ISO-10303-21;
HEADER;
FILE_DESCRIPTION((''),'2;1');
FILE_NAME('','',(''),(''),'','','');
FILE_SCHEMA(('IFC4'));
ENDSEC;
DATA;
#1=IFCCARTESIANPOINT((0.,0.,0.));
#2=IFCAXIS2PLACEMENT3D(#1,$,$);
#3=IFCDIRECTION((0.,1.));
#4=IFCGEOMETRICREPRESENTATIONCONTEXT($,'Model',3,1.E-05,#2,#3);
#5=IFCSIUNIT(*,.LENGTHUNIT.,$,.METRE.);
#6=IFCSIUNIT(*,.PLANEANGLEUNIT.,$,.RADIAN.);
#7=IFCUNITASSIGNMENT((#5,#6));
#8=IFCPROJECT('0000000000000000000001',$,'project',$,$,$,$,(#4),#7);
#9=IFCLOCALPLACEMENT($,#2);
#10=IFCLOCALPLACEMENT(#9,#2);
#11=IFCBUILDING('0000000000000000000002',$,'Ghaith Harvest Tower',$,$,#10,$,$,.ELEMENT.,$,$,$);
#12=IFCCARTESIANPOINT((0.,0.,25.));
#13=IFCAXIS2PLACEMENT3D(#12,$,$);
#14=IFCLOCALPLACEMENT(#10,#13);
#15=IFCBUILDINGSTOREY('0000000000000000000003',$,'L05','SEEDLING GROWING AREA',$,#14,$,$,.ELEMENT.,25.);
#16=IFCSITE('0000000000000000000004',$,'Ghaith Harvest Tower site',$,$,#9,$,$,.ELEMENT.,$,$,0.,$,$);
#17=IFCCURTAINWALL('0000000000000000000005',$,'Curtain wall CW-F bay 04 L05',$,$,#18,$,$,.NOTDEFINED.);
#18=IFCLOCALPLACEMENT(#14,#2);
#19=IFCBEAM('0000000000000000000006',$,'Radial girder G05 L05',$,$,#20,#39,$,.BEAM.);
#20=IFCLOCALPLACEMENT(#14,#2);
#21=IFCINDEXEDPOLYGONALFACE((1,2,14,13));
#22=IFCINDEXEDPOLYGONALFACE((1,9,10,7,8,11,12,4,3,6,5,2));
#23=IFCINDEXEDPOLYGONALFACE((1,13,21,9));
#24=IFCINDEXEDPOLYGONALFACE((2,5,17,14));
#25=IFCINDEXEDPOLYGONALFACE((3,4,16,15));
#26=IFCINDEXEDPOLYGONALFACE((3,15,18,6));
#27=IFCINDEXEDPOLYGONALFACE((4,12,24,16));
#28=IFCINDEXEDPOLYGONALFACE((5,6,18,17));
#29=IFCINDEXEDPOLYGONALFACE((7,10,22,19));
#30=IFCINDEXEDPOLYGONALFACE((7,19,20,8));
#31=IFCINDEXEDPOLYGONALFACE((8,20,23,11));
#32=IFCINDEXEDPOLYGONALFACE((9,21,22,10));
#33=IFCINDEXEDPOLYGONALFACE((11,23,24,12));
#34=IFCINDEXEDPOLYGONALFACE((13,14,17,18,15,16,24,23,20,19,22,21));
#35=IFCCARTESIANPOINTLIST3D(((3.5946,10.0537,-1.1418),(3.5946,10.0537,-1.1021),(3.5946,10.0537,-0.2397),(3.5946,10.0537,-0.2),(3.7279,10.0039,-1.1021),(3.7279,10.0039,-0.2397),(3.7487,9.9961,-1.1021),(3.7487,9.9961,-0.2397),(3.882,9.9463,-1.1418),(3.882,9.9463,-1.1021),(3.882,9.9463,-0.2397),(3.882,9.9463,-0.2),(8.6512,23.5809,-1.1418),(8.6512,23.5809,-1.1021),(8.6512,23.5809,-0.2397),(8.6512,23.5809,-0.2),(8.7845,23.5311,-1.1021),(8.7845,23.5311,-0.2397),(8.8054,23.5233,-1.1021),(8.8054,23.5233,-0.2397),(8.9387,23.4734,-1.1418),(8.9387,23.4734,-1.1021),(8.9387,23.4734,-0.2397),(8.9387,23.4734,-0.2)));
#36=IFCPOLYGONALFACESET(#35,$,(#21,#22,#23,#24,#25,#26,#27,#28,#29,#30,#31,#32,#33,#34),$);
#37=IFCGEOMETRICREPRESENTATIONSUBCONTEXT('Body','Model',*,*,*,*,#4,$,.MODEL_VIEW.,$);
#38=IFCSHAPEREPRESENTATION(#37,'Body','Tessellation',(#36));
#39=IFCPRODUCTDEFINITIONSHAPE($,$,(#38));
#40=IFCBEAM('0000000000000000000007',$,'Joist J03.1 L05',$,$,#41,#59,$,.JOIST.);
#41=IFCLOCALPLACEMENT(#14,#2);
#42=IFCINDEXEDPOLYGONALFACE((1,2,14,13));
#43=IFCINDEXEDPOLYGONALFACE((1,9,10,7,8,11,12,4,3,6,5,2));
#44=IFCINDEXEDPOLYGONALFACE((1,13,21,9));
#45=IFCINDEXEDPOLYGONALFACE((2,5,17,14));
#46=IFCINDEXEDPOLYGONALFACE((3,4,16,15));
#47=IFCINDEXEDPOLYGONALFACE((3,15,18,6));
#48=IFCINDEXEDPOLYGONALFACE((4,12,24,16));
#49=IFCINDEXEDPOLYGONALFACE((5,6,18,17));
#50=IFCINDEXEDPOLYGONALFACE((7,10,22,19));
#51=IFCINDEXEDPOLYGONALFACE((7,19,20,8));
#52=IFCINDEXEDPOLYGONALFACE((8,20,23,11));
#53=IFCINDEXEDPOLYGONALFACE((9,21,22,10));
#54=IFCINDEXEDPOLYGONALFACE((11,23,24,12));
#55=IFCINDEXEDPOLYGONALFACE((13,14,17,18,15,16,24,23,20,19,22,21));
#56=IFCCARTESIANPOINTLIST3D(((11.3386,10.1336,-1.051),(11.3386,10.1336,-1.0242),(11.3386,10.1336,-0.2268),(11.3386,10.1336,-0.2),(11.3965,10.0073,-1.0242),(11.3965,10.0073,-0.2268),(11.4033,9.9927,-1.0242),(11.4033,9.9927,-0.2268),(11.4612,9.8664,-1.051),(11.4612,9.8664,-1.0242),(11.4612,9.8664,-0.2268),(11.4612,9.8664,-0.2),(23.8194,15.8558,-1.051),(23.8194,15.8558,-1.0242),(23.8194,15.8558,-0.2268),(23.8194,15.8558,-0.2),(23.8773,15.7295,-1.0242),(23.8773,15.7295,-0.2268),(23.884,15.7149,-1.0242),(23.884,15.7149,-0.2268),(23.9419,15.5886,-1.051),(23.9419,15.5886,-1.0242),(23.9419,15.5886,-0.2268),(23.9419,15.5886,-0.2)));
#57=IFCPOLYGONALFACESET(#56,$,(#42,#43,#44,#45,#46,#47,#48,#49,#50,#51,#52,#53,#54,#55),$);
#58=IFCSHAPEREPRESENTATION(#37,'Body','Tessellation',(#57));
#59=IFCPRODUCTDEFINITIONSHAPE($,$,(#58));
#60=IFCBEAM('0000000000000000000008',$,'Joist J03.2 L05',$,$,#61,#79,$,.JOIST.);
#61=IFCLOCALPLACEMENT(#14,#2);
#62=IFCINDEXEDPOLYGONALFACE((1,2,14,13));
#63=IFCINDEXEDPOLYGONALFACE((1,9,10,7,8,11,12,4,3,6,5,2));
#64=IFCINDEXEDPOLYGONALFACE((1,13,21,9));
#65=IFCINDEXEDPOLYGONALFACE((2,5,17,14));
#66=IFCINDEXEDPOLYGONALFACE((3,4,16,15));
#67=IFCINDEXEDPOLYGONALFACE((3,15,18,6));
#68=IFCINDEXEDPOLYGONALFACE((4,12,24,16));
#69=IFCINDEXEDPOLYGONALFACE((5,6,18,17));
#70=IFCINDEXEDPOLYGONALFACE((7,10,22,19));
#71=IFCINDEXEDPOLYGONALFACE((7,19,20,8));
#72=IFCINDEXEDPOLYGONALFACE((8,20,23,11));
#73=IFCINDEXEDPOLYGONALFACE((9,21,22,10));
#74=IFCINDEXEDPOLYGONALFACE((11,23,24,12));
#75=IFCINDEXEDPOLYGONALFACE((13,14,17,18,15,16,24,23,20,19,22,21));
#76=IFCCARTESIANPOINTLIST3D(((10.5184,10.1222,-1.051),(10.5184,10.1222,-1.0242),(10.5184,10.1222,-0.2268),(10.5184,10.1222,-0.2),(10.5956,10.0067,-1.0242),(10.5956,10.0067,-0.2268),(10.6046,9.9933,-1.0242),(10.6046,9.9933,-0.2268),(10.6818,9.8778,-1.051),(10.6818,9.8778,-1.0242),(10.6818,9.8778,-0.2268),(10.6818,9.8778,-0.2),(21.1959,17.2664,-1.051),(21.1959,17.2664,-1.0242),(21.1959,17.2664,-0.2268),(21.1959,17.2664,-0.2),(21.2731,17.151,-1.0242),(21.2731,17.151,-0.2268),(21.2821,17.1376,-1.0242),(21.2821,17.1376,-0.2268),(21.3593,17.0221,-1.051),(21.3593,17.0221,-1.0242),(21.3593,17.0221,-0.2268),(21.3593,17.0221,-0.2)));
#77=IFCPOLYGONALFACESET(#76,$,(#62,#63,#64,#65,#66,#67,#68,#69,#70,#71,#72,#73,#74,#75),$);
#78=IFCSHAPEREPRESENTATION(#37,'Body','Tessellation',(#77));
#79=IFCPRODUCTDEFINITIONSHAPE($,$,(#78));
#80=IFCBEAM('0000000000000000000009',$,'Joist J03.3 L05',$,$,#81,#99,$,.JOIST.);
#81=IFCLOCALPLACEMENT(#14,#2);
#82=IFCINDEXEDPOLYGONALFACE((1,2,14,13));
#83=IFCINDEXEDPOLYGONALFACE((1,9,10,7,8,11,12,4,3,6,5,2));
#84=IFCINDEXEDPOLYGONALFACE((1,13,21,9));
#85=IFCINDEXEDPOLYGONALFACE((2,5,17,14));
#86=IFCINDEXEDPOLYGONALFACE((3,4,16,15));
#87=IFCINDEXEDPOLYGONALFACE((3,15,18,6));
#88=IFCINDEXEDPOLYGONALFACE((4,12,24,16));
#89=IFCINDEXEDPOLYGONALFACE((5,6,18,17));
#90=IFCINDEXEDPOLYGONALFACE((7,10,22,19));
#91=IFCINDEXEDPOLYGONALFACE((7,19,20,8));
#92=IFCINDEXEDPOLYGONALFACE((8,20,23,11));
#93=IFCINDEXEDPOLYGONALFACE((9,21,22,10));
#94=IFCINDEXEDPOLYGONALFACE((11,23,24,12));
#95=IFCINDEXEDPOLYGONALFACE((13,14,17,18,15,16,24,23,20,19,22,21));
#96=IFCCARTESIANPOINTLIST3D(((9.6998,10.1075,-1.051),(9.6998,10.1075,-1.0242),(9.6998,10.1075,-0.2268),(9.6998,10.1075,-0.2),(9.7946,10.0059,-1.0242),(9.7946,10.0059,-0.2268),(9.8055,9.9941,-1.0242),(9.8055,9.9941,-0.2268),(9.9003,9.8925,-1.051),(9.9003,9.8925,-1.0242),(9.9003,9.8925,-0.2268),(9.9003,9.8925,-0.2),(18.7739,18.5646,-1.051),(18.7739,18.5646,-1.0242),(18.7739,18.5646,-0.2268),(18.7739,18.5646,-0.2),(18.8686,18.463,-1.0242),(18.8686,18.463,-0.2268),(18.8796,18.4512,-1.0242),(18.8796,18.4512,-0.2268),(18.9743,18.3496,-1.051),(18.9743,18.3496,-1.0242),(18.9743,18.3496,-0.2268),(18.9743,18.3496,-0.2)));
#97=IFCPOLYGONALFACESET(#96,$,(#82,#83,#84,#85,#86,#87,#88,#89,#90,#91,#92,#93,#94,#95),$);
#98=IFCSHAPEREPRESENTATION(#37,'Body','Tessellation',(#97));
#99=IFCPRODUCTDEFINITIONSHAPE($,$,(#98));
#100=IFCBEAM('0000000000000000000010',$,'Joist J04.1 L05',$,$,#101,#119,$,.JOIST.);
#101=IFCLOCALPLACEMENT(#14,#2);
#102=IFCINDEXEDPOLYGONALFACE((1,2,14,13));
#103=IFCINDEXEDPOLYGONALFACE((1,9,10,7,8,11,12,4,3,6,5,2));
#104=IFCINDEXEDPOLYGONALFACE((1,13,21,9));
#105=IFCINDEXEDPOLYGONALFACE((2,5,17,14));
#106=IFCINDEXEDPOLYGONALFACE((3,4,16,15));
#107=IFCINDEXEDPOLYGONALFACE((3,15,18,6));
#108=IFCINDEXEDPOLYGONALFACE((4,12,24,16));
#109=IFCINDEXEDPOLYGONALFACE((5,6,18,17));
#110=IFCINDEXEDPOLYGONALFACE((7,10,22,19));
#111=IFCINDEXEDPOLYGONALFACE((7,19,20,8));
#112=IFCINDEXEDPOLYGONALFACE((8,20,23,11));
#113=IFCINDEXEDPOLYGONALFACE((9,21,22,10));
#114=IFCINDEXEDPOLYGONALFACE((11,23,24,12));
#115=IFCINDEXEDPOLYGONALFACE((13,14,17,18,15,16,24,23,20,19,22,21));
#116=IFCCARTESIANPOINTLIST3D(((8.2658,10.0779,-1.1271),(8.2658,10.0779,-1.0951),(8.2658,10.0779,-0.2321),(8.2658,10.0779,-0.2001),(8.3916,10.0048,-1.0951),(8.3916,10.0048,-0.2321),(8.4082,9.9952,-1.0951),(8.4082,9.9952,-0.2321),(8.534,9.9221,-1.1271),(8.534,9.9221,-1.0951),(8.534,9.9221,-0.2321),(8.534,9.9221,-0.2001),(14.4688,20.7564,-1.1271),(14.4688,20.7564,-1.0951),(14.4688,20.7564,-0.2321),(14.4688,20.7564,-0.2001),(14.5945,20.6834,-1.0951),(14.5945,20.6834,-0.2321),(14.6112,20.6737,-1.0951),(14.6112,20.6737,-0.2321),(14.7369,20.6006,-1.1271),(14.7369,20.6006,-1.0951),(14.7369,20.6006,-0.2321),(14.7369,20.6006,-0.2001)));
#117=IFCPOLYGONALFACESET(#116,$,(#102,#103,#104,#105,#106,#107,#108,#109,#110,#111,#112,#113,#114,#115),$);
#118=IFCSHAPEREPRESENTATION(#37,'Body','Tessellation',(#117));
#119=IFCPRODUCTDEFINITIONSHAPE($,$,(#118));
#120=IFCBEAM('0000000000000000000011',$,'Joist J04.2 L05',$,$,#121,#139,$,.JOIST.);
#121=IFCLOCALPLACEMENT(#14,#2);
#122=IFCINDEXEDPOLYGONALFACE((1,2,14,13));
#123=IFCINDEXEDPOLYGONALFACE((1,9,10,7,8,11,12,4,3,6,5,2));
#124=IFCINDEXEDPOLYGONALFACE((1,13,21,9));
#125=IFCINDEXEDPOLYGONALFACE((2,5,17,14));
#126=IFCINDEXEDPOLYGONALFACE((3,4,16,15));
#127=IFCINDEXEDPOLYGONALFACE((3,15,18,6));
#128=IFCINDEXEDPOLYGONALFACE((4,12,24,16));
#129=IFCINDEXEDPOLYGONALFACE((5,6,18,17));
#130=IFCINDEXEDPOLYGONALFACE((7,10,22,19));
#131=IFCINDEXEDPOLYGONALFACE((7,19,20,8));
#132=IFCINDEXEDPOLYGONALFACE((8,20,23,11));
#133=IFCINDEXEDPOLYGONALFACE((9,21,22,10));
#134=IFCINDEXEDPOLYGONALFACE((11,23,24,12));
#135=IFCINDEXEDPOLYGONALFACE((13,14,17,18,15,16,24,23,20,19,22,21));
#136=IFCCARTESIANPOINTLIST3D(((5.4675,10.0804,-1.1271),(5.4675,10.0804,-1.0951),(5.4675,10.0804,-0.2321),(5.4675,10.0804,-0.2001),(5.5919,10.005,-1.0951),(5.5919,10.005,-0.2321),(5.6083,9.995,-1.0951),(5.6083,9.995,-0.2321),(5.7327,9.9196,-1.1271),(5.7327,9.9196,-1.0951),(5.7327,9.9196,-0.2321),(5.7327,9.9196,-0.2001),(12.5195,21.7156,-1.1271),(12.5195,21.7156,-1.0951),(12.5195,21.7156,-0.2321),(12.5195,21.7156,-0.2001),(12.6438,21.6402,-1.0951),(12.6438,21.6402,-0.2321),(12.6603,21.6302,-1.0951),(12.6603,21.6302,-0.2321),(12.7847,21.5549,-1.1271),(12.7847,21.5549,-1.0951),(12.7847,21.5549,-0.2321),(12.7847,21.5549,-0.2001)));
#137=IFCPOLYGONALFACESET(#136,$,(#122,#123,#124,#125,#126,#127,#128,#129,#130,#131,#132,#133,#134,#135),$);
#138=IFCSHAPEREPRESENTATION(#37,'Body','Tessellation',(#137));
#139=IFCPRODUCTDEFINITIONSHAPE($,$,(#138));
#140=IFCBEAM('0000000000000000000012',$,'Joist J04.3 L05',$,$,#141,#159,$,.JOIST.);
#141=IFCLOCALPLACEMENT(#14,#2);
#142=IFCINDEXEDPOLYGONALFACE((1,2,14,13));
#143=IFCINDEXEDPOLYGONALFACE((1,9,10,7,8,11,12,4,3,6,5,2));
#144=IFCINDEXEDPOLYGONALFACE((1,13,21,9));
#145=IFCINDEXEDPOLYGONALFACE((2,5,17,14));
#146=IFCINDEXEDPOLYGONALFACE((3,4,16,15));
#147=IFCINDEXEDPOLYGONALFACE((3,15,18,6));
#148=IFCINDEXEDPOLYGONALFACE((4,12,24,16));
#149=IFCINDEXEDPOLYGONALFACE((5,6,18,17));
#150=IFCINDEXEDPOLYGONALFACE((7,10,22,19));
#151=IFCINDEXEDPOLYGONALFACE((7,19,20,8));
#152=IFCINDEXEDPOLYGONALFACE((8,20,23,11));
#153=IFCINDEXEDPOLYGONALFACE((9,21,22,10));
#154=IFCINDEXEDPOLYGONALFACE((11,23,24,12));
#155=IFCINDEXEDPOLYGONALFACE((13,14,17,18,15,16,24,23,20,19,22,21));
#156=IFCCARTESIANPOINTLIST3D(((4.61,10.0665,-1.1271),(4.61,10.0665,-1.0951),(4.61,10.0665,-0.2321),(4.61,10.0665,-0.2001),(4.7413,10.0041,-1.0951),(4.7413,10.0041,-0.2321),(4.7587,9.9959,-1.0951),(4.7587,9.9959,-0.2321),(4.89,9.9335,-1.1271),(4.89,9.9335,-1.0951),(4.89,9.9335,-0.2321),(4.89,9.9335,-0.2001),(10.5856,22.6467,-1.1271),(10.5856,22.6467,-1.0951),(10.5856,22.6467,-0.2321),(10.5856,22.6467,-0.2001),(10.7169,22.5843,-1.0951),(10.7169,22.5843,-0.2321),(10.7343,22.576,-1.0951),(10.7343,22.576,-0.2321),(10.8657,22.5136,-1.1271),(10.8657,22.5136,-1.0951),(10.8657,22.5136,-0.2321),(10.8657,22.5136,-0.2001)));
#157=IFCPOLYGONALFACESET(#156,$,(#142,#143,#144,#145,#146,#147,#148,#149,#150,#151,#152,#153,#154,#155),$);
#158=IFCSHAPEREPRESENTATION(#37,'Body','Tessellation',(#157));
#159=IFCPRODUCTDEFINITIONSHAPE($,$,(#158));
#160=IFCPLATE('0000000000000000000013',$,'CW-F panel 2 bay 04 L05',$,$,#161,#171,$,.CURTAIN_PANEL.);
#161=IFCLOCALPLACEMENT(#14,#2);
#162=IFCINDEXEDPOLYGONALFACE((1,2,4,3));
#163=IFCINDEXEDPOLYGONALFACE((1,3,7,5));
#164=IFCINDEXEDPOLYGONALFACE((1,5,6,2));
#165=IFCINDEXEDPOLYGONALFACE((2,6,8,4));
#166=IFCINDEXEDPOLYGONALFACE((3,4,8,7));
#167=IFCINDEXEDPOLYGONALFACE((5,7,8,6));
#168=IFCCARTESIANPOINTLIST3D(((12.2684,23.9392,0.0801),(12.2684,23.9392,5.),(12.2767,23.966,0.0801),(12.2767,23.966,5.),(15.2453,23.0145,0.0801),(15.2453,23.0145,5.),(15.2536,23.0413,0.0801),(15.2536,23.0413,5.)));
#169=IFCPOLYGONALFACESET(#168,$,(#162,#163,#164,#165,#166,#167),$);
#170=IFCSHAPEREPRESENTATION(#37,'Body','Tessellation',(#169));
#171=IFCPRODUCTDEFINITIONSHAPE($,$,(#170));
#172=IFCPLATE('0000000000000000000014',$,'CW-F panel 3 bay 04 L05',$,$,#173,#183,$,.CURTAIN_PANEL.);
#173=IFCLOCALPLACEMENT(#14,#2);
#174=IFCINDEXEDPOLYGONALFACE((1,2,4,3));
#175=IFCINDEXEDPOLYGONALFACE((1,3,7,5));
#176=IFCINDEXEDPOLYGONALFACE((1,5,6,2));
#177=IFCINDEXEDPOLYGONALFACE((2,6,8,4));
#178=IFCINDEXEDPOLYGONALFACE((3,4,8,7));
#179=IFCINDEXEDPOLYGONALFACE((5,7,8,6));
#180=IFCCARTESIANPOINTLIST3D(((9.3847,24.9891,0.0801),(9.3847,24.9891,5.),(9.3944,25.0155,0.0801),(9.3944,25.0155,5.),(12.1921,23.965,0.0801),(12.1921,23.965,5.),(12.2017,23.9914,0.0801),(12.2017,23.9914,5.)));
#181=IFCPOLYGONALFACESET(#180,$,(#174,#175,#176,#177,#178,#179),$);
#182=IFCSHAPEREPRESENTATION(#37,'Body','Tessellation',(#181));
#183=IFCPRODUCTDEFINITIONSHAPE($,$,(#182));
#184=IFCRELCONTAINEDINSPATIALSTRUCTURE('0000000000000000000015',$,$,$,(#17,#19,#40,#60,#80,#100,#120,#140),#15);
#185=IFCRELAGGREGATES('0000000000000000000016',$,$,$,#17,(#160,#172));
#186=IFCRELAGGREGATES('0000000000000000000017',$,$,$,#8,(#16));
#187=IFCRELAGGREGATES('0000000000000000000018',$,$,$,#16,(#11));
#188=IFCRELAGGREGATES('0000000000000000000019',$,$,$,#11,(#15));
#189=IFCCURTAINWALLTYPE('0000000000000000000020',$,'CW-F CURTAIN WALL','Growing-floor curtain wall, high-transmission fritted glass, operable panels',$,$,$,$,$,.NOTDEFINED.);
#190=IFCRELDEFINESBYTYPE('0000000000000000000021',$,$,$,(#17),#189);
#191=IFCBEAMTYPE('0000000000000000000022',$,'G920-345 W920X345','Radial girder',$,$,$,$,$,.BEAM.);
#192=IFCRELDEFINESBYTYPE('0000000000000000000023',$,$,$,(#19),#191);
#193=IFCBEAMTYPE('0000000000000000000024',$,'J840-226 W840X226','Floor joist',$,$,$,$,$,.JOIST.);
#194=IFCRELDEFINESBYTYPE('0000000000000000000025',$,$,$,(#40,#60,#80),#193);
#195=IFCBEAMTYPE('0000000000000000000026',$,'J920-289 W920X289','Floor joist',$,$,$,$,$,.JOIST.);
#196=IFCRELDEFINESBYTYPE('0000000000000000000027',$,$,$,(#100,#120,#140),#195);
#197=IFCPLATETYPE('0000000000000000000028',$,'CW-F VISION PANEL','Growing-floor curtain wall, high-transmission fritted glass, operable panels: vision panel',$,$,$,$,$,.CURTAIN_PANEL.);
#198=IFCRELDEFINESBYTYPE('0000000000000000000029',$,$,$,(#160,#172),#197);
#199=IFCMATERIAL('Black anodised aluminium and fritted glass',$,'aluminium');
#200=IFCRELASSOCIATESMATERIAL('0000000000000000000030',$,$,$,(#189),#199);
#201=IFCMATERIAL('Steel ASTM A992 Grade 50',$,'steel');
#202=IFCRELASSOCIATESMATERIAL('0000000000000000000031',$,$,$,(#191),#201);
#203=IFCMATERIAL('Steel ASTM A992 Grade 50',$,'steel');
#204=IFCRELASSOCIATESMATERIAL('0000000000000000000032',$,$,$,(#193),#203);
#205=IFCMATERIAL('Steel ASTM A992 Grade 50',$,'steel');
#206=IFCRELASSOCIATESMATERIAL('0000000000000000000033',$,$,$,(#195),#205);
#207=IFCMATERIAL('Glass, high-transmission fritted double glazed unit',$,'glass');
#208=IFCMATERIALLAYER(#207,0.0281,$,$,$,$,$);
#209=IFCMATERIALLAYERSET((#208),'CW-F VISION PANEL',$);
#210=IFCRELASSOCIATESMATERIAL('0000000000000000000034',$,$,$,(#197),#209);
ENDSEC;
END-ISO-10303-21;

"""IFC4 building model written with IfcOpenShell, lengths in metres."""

from ifc_helpers import new_model, si_unit, direction, frame, origin, origin_2d, place, context, subcontext, project, spatial, rectangle, i_section, extrude, material, layer, layer_set, material_profile, profile_set, type_object, element, aggregate, save


model = new_model("IFC4")

# Units and contexts
model_context = context("Model", 3, precision=1e-05, world=origin(), true_north=direction((0.0, 1.0)))
body_context = subcontext(model_context, "Body", "Model", "MODEL_VIEW")
ifc_project = project(units=[si_unit("LENGTHUNIT", "METRE"), si_unit("PLANEANGLEUNIT", "RADIAN")], contexts=[model_context])

# Site, building, storey
site_placement = place(None, origin())
site = spatial("IfcSite", under=ifc_project, at=site_placement, Name="Ghaith Harvest Tower site", CompositionType="ELEMENT", RefElevation=0.0)
building_placement = place(site_placement, origin())
building = spatial("IfcBuilding", under=site, at=building_placement, Name="Ghaith Harvest Tower", CompositionType="ELEMENT")
storey_placement = place(building_placement, frame((0.0, 0.0, 25.0)))
storey = spatial("IfcBuildingStorey", under=building, at=storey_placement, Name="L05", Description="SEEDLING GROWING AREA", CompositionType="ELEMENT", Elevation=25.0)

# Curtain wall
ifc_material_1 = material(Name="Black anodised aluminium and fritted glass", Category="aluminium")
curtain_wall_type = type_object("IfcCurtainWallType", Name="CW-F CURTAIN WALL", Description="Growing-floor curtain wall, high-transmission fritted glass, operable panels", PredefinedType="NOTDEFINED", material=ifc_material_1)
curtain_wall_1_placement = place(storey_placement, origin())
curtain_wall_1 = element("IfcCurtainWall", 1, at=curtain_wall_1_placement, inside=storey, type_object=curtain_wall_type, Name="Curtain wall CW-F bay 04 L05", PredefinedType="NOTDEFINED")

# Beams
ifc_material_2 = material(Name="Steel ASTM A992 Grade 50", Category="steel")
ifc_material_profile_1 = material_profile(ifc_material_2, i_section(OverallWidth=0.3069, OverallDepth=0.9419, WebThickness=0.0222, FlangeThickness=0.0398, at=origin_2d()), Name="W920X345")
ifc_profile_set_1 = profile_set([ifc_material_profile_1], Name="Steel ASTM A992 Grade 50")
beam_type_1 = type_object("IfcBeamType", Name="G920-345 W920X345", Description="Radial girder", PredefinedType="BEAM", material=ifc_profile_set_1)
beam_1_placement = place(storey_placement, frame((3.7383, 10.0, -0.6709), z_axis=(0.350151, 0.936693, 0.0), x_axis=(-0.936693, 0.350151, 0.0)))
element("IfcBeam", 2, at=beam_1_placement, inside=storey, type_object=beam_type_1, Name="Radial girder G05 L05", PredefinedType="BEAM", context=body_context, shape_type="SweptSolid", body=[
    extrude(i_section(OverallWidth=0.3069, OverallDepth=0.9419, WebThickness=0.0222, FlangeThickness=0.0398, at=origin_2d()), origin(), (0.0, 0.0, 1.0), 14.4414),
])
ifc_material_3 = material(Name="Steel ASTM A992 Grade 50", Category="steel")
ifc_material_profile_2 = material_profile(ifc_material_3, i_section(OverallWidth=0.2939, OverallDepth=0.8511, WebThickness=0.0161, FlangeThickness=0.0269, at=origin_2d()), Name="W840X226")
ifc_profile_set_2 = profile_set([ifc_material_profile_2], Name="Steel ASTM A992 Grade 50")
beam_type_2 = type_object("IfcBeamType", Name="J840-226 W840X226", Description="Floor joist", PredefinedType="JOIST", material=ifc_profile_set_2)
beam_2_placement = place(storey_placement, frame((11.3999, 10.0, -0.6255), z_axis=(0.909014, 0.416766, 0.0), x_axis=(-0.416766, 0.909014, 0.0)))
element("IfcBeam", 3, at=beam_2_placement, inside=storey, type_object=beam_type_2, Name="Joist J03.1 L05", PredefinedType="JOIST", context=body_context, shape_type="SweptSolid", body=[
    extrude(i_section(OverallWidth=0.2939, OverallDepth=0.8511, WebThickness=0.0161, FlangeThickness=0.0269, at=origin_2d()), origin(), (0.0, 0.0, 1.0), 13.73),
])
beam_3_placement = place(storey_placement, frame((10.6001, 10.0, -0.6255), z_axis=(0.831116, 0.556098, 0.0), x_axis=(-0.556098, 0.831116, 0.0)))
element("IfcBeam", 4, at=beam_3_placement, inside=storey, type_object=beam_type_2, Name="Joist J03.2 L05", PredefinedType="JOIST", context=body_context, shape_type="SweptSolid", body=[
    extrude(i_section(OverallWidth=0.2939, OverallDepth=0.8511, WebThickness=0.0161, FlangeThickness=0.0269, at=origin_2d()), origin(), (0.0, 0.0, 1.0), 12.8472),
])
beam_4_placement = place(storey_placement, frame((9.8, 10.0, -0.6255), z_axis=(0.731538, 0.681801, 0.0), x_axis=(-0.681801, 0.731538, 0.0)))
element("IfcBeam", 5, at=beam_4_placement, inside=storey, type_object=beam_type_2, Name="Joist J03.3 L05", PredefinedType="JOIST", context=body_context, shape_type="SweptSolid", body=[
    extrude(i_section(OverallWidth=0.2939, OverallDepth=0.8511, WebThickness=0.0161, FlangeThickness=0.0269, at=origin_2d()), origin(), (0.0, 0.0, 1.0), 12.4041),
])
ifc_material_4 = material(Name="Steel ASTM A992 Grade 50", Category="steel")
ifc_material_profile_3 = material_profile(ifc_material_4, i_section(OverallWidth=0.3101, OverallDepth=0.927, WebThickness=0.0193, FlangeThickness=0.032, at=origin_2d()), Name="W920X289")
ifc_profile_set_3 = profile_set([ifc_material_profile_3], Name="Steel ASTM A992 Grade 50")
beam_type_3 = type_object("IfcBeamType", Name="J920-289 W920X289", Description="Floor joist", PredefinedType="JOIST", material=ifc_profile_set_3)
beam_5_placement = place(storey_placement, frame((8.3999, 10.0, -0.6636), z_axis=(0.502286, 0.864702, 0.0), x_axis=(-0.864702, 0.502286, 0.0)))
element("IfcBeam", 6, at=beam_5_placement, inside=storey, type_object=beam_type_3, Name="Joist J04.1 L05", PredefinedType="JOIST", context=body_context, shape_type="SweptSolid", body=[
    extrude(i_section(OverallWidth=0.3101, OverallDepth=0.927, WebThickness=0.0193, FlangeThickness=0.032, at=origin_2d()), origin(), (0.0, 0.0, 1.0), 12.3494),
])
beam_6_placement = place(storey_placement, frame((5.6001, 10.0, -0.6636), z_axis=(0.51832, 0.855187, 0.0), x_axis=(-0.855187, 0.51832, 0.0)))
element("IfcBeam", 7, at=beam_6_placement, inside=storey, type_object=beam_type_3, Name="Joist J04.2 L05", PredefinedType="JOIST", context=body_context, shape_type="SweptSolid", body=[
    extrude(i_section(OverallWidth=0.3101, OverallDepth=0.927, WebThickness=0.0193, FlangeThickness=0.032, at=origin_2d()), origin(), (0.0, 0.0, 1.0), 13.6055),
])
beam_7_placement = place(storey_placement, frame((4.75, 10.0, -0.6636), z_axis=(0.42906, 0.903276, 0.0), x_axis=(-0.903276, 0.42906, 0.0)))
element("IfcBeam", 8, at=beam_7_placement, inside=storey, type_object=beam_type_3, Name="Joist J04.3 L05", PredefinedType="JOIST", context=body_context, shape_type="SweptSolid", body=[
    extrude(i_section(OverallWidth=0.3101, OverallDepth=0.927, WebThickness=0.0193, FlangeThickness=0.032, at=origin_2d()), origin(), (0.0, 0.0, 1.0), 13.9272),
])

# Plates
ifc_material_5 = material(Name="Glass, high-transmission fritted double glazed unit", Category="glass")
ifc_layer_1 = layer(ifc_material_5, 0.0281)
ifc_layer_set_1 = layer_set([ifc_layer_1], Name="CW-F VISION PANEL")
plate_type = type_object("IfcPlateType", Name="CW-F VISION PANEL", Description="Growing-floor curtain wall, high-transmission fritted glass, operable panels: vision panel", PredefinedType="CURTAIN_PANEL", material=ifc_layer_set_1)
plate_1_placement = place(storey_placement, frame((13.761, 23.4902, 0.0801), z_axis=(0.0, 0.0, 1.0), x_axis=(-0.954988, 0.296644, 0.0)))
plate_1 = element("IfcPlate", 9, at=plate_1_placement, type_object=plate_type, Name="CW-F panel 2 bay 04 L05", PredefinedType="CURTAIN_PANEL", context=body_context, shape_type="SweptSolid", body=[
    extrude(rectangle(XDim=3.1172, YDim=0.0281, at=origin_2d()), origin(), (0.0, 0.0, 1.0), 4.9199),
])
plate_2_placement = place(storey_placement, frame((10.7932, 24.4902, 0.0801), z_axis=(0.0, 0.0, 1.0), x_axis=(-0.939438, 0.342718, 0.0)))
plate_2 = element("IfcPlate", 10, at=plate_2_placement, type_object=plate_type, Name="CW-F panel 3 bay 04 L05", PredefinedType="CURTAIN_PANEL", context=body_context, shape_type="SweptSolid", body=[
    extrude(rectangle(XDim=2.9883, YDim=0.0281, at=origin_2d()), origin(), (0.0, 0.0, 1.0), 4.9199),
])
aggregate(curtain_wall_1, [plate_1, plate_2])

save(model, "model.ifc")
